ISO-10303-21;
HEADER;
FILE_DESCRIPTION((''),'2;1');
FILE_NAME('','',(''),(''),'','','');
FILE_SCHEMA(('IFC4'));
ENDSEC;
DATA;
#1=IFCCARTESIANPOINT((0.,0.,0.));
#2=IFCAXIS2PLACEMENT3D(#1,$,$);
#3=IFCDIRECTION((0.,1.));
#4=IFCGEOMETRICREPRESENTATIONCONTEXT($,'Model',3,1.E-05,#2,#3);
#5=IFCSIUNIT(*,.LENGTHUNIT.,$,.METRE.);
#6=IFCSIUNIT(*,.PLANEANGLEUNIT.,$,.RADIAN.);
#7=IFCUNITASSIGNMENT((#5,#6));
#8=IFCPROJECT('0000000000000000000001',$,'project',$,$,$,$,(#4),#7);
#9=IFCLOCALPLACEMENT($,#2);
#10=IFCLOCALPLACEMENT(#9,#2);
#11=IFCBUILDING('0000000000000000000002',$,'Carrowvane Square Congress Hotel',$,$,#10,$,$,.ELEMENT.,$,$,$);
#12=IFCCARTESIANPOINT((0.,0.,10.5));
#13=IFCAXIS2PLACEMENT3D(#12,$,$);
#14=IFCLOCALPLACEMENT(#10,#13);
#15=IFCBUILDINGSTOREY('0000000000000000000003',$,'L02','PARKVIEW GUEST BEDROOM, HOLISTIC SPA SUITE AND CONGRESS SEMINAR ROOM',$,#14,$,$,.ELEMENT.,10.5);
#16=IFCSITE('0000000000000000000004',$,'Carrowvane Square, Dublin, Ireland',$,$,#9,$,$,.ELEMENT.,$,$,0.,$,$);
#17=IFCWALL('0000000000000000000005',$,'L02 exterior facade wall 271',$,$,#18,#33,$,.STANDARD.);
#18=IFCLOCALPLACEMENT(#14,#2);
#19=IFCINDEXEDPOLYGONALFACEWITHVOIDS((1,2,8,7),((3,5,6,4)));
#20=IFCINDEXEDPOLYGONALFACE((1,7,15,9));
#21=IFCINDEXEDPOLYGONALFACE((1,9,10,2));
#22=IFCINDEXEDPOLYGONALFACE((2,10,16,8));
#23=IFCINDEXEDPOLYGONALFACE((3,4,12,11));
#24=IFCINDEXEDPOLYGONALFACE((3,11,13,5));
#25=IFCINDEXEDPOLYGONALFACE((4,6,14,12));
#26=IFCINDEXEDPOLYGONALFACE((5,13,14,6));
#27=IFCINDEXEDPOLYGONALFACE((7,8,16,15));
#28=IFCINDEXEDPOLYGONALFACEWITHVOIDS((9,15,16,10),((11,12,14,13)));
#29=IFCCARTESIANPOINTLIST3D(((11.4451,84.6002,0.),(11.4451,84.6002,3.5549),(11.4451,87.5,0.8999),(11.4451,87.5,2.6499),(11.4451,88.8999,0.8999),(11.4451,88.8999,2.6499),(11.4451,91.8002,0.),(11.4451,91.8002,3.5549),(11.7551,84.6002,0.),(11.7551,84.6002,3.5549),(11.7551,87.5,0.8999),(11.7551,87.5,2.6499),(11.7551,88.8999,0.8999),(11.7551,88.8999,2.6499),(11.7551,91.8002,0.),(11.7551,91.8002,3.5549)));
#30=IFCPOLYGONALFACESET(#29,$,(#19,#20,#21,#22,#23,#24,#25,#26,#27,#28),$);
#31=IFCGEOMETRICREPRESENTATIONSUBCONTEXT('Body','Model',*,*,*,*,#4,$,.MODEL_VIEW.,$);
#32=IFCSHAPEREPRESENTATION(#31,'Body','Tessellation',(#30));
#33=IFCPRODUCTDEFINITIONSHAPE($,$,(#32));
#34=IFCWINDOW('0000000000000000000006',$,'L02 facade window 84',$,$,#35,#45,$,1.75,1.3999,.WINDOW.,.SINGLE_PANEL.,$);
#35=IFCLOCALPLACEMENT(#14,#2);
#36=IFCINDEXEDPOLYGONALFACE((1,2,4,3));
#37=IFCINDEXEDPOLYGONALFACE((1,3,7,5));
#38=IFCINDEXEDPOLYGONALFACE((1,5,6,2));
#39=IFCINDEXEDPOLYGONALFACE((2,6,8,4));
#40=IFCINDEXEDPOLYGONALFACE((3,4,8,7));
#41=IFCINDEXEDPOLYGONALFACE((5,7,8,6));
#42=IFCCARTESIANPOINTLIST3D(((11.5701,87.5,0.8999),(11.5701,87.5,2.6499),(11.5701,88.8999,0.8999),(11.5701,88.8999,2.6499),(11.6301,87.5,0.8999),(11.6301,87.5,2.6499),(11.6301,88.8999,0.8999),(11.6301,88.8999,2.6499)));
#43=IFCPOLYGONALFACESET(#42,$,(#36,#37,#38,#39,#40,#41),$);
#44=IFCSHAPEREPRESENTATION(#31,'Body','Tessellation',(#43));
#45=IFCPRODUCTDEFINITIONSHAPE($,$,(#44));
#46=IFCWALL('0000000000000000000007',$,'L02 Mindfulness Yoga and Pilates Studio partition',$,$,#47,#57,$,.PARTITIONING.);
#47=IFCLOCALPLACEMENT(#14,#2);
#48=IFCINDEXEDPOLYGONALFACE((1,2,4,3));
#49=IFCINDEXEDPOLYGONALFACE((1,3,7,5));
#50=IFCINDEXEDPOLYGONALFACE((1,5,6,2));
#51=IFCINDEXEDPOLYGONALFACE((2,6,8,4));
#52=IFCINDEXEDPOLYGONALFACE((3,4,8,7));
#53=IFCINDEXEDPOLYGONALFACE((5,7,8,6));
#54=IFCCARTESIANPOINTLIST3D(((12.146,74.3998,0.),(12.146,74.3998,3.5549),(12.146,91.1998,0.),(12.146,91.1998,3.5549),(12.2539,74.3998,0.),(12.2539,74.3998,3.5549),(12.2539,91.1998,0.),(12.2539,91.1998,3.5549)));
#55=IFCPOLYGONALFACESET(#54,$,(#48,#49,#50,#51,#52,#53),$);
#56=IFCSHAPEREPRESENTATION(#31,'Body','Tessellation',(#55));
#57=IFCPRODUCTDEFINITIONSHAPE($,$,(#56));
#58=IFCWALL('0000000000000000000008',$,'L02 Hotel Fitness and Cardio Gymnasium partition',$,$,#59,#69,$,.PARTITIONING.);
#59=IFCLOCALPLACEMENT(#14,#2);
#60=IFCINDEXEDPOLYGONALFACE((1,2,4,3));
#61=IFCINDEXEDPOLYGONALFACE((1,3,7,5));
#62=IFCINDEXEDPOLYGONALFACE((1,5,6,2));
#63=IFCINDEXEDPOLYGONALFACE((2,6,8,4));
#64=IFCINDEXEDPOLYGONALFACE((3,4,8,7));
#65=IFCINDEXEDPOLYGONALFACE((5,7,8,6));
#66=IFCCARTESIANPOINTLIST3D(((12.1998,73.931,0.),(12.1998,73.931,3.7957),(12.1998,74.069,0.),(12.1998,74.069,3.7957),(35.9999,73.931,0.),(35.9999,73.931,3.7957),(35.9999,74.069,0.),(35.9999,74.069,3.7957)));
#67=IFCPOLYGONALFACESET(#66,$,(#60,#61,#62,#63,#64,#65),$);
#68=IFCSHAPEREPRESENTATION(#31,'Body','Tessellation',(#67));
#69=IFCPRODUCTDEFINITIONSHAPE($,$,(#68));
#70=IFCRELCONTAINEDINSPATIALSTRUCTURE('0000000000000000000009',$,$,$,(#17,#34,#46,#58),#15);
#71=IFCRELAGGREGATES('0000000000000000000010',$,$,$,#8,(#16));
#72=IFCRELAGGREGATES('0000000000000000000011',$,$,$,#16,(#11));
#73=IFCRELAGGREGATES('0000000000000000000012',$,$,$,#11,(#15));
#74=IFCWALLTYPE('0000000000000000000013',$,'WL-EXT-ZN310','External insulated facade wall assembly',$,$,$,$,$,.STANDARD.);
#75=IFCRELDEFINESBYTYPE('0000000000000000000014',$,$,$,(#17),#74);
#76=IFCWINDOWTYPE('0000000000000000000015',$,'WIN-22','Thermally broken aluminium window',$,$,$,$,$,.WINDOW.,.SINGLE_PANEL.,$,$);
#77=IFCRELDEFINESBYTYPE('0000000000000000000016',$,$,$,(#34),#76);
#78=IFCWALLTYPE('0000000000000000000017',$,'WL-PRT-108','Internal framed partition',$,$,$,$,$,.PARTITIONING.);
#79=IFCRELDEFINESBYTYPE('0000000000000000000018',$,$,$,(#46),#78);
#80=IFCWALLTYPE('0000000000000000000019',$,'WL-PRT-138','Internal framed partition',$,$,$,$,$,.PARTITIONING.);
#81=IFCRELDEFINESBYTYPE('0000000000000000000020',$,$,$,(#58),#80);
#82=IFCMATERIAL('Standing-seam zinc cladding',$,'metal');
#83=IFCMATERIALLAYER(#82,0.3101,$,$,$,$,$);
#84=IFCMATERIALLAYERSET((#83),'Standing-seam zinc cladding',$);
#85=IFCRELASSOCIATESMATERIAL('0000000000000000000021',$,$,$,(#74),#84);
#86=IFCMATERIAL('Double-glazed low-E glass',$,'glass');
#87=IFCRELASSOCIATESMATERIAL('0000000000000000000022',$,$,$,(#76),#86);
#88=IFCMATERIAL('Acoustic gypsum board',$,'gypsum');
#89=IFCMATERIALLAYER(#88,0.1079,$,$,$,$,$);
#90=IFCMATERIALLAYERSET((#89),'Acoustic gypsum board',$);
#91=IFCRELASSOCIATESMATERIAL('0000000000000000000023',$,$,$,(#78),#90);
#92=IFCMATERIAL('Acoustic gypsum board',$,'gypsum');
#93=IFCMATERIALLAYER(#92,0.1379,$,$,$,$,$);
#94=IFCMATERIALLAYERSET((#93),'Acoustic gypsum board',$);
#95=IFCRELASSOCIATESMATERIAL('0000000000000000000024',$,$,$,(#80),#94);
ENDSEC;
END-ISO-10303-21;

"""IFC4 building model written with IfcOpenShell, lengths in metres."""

from ifc_helpers import new_model, si_unit, direction, frame, frame_2d, origin, place, context, subcontext, project, spatial, rectangle, extrude, material, layer, layer_set, type_object, element, fill, save


model = new_model("IFC4")

# Units and contexts
model_context = context("Model", 3, precision=1e-05, world=origin(), true_north=direction((0.0, 1.0)))
body_context = subcontext(model_context, "Body", "Model", "MODEL_VIEW")
ifc_project = project(units=[si_unit("LENGTHUNIT", "METRE"), si_unit("PLANEANGLEUNIT", "RADIAN")], contexts=[model_context])

# Site, building, storey
site_placement = place(None, origin())
site = spatial("IfcSite", under=ifc_project, at=site_placement, Name="Carrowvane Square, Dublin, Ireland", CompositionType="ELEMENT", RefElevation=0.0)
building_placement = place(site_placement, origin())
building = spatial("IfcBuilding", under=site, at=building_placement, Name="Carrowvane Square Congress Hotel", CompositionType="ELEMENT")
storey_placement = place(building_placement, frame((0.0, 0.0, 10.5)))
storey = spatial("IfcBuildingStorey", under=building, at=storey_placement, Name="L02", Description="PARKVIEW GUEST BEDROOM, HOLISTIC SPA SUITE AND CONGRESS SEMINAR ROOM", CompositionType="ELEMENT", Elevation=10.5)

# Wall, opening, window
ifc_material_1 = material(Name="Standing-seam zinc cladding", Category="metal")
ifc_layer_1 = layer(ifc_material_1, 0.3101)
ifc_layer_set_1 = layer_set([ifc_layer_1], Name="Standing-seam zinc cladding")
wall_type_1 = type_object("IfcWallType", Name="WL-EXT-ZN310", Description="External insulated facade wall assembly", PredefinedType="STANDARD", material=ifc_layer_set_1)
wall_1_placement = place(storey_placement, frame((11.6001, 84.6001, 0.0), z_axis=(0.0, 0.0, 1.0), x_axis=(0.0, 1.0, 0.0)))
wall_1 = element("IfcWall", 1, at=wall_1_placement, inside=storey, type_object=wall_type_1, Name="L02 exterior facade wall 271", PredefinedType="STANDARD", context=body_context, shape_type="SweptSolid", body=[
    extrude(rectangle(XDim=7.2, YDim=0.3101, at=frame_2d((3.6001, 0.0))), origin(), (0.0, 0.0, 1.0), 3.5549),
])
opening_1_placement = place(wall_1_placement, frame((2.8999, 0.0, 0.8999)))
opening_1 = element("IfcOpeningElement", 2, at=opening_1_placement, cuts=wall_1, PredefinedType="OPENING", context=body_context, shape_type="SweptSolid", body=[
    extrude(rectangle(XDim=1.3999, YDim=1.75, at=frame_2d((0.7, 0.875))), frame((0.0, 0.165, 0.0), z_axis=(0.0, -1.0, 0.0), x_axis=(1.0, 0.0, 0.0)), (0.0, 0.0, 1.0), 0.3301),
])
ifc_material_2 = material(Name="Double-glazed low-E glass", Category="glass")
window_type_1 = type_object("IfcWindowType", Name="WIN-22", Description="Thermally broken aluminium window", PartitioningType="SINGLE_PANEL", PredefinedType="WINDOW", material=ifc_material_2)
window_1_placement = place(opening_1_placement, origin())
window_1 = element("IfcWindow", 3, at=window_1_placement, inside=storey, type_object=window_type_1, Name="L02 facade window 84", OverallHeight=1.75, OverallWidth=1.3999, PartitioningType="SINGLE_PANEL", PredefinedType="WINDOW", context=body_context, shape_type="SweptSolid", body=[
    extrude(rectangle(XDim=1.3999, YDim=1.75, at=frame_2d((0.7, 0.875))), frame((0.0, 0.03, 0.0), z_axis=(0.0, -1.0, 0.0), x_axis=(1.0, 0.0, 0.0)), (0.0, 0.0, 1.0), 0.0601),
])
fill(opening_1, window_1)

# Walls
ifc_material_3 = material(Name="Acoustic gypsum board", Category="gypsum")
ifc_layer_2 = layer(ifc_material_3, 0.1079)
ifc_layer_set_2 = layer_set([ifc_layer_2], Name="Acoustic gypsum board")
wall_type_2 = type_object("IfcWallType", Name="WL-PRT-108", Description="Internal framed partition", PredefinedType="PARTITIONING", material=ifc_layer_set_2)
wall_2_placement = place(storey_placement, frame((12.2, 74.3999, 0.0), z_axis=(0.0, 0.0, 1.0), x_axis=(0.0, 1.0, 0.0)))
element("IfcWall", 4, at=wall_2_placement, inside=storey, type_object=wall_type_2, Name="L02 Mindfulness Yoga and Pilates Studio partition", PredefinedType="PARTITIONING", context=body_context, shape_type="SweptSolid", body=[
    extrude(rectangle(XDim=16.8, YDim=0.1079, at=frame_2d((8.3999, 0.0))), origin(), (0.0, 0.0, 1.0), 3.5549),
])
ifc_material_4 = material(Name="Acoustic gypsum board", Category="gypsum")
ifc_layer_3 = layer(ifc_material_4, 0.1379)
ifc_layer_set_3 = layer_set([ifc_layer_3], Name="Acoustic gypsum board")
wall_type_3 = type_object("IfcWallType", Name="WL-PRT-138", Description="Internal framed partition", PredefinedType="PARTITIONING", material=ifc_layer_set_3)
wall_3_placement = place(storey_placement, frame((12.2, 74.0, 0.0), z_axis=(0.0, 0.0, 1.0), x_axis=(1.0, 0.0, 0.0)))
element("IfcWall", 5, at=wall_3_placement, inside=storey, type_object=wall_type_3, Name="L02 Hotel Fitness and Cardio Gymnasium partition", PredefinedType="PARTITIONING", context=body_context, shape_type="SweptSolid", body=[
    extrude(rectangle(XDim=23.8, YDim=0.1379, at=frame_2d((11.8999, 0.0))), origin(), (0.0, 0.0, 1.0), 3.7957),
])

save(model, "model.ifc")
